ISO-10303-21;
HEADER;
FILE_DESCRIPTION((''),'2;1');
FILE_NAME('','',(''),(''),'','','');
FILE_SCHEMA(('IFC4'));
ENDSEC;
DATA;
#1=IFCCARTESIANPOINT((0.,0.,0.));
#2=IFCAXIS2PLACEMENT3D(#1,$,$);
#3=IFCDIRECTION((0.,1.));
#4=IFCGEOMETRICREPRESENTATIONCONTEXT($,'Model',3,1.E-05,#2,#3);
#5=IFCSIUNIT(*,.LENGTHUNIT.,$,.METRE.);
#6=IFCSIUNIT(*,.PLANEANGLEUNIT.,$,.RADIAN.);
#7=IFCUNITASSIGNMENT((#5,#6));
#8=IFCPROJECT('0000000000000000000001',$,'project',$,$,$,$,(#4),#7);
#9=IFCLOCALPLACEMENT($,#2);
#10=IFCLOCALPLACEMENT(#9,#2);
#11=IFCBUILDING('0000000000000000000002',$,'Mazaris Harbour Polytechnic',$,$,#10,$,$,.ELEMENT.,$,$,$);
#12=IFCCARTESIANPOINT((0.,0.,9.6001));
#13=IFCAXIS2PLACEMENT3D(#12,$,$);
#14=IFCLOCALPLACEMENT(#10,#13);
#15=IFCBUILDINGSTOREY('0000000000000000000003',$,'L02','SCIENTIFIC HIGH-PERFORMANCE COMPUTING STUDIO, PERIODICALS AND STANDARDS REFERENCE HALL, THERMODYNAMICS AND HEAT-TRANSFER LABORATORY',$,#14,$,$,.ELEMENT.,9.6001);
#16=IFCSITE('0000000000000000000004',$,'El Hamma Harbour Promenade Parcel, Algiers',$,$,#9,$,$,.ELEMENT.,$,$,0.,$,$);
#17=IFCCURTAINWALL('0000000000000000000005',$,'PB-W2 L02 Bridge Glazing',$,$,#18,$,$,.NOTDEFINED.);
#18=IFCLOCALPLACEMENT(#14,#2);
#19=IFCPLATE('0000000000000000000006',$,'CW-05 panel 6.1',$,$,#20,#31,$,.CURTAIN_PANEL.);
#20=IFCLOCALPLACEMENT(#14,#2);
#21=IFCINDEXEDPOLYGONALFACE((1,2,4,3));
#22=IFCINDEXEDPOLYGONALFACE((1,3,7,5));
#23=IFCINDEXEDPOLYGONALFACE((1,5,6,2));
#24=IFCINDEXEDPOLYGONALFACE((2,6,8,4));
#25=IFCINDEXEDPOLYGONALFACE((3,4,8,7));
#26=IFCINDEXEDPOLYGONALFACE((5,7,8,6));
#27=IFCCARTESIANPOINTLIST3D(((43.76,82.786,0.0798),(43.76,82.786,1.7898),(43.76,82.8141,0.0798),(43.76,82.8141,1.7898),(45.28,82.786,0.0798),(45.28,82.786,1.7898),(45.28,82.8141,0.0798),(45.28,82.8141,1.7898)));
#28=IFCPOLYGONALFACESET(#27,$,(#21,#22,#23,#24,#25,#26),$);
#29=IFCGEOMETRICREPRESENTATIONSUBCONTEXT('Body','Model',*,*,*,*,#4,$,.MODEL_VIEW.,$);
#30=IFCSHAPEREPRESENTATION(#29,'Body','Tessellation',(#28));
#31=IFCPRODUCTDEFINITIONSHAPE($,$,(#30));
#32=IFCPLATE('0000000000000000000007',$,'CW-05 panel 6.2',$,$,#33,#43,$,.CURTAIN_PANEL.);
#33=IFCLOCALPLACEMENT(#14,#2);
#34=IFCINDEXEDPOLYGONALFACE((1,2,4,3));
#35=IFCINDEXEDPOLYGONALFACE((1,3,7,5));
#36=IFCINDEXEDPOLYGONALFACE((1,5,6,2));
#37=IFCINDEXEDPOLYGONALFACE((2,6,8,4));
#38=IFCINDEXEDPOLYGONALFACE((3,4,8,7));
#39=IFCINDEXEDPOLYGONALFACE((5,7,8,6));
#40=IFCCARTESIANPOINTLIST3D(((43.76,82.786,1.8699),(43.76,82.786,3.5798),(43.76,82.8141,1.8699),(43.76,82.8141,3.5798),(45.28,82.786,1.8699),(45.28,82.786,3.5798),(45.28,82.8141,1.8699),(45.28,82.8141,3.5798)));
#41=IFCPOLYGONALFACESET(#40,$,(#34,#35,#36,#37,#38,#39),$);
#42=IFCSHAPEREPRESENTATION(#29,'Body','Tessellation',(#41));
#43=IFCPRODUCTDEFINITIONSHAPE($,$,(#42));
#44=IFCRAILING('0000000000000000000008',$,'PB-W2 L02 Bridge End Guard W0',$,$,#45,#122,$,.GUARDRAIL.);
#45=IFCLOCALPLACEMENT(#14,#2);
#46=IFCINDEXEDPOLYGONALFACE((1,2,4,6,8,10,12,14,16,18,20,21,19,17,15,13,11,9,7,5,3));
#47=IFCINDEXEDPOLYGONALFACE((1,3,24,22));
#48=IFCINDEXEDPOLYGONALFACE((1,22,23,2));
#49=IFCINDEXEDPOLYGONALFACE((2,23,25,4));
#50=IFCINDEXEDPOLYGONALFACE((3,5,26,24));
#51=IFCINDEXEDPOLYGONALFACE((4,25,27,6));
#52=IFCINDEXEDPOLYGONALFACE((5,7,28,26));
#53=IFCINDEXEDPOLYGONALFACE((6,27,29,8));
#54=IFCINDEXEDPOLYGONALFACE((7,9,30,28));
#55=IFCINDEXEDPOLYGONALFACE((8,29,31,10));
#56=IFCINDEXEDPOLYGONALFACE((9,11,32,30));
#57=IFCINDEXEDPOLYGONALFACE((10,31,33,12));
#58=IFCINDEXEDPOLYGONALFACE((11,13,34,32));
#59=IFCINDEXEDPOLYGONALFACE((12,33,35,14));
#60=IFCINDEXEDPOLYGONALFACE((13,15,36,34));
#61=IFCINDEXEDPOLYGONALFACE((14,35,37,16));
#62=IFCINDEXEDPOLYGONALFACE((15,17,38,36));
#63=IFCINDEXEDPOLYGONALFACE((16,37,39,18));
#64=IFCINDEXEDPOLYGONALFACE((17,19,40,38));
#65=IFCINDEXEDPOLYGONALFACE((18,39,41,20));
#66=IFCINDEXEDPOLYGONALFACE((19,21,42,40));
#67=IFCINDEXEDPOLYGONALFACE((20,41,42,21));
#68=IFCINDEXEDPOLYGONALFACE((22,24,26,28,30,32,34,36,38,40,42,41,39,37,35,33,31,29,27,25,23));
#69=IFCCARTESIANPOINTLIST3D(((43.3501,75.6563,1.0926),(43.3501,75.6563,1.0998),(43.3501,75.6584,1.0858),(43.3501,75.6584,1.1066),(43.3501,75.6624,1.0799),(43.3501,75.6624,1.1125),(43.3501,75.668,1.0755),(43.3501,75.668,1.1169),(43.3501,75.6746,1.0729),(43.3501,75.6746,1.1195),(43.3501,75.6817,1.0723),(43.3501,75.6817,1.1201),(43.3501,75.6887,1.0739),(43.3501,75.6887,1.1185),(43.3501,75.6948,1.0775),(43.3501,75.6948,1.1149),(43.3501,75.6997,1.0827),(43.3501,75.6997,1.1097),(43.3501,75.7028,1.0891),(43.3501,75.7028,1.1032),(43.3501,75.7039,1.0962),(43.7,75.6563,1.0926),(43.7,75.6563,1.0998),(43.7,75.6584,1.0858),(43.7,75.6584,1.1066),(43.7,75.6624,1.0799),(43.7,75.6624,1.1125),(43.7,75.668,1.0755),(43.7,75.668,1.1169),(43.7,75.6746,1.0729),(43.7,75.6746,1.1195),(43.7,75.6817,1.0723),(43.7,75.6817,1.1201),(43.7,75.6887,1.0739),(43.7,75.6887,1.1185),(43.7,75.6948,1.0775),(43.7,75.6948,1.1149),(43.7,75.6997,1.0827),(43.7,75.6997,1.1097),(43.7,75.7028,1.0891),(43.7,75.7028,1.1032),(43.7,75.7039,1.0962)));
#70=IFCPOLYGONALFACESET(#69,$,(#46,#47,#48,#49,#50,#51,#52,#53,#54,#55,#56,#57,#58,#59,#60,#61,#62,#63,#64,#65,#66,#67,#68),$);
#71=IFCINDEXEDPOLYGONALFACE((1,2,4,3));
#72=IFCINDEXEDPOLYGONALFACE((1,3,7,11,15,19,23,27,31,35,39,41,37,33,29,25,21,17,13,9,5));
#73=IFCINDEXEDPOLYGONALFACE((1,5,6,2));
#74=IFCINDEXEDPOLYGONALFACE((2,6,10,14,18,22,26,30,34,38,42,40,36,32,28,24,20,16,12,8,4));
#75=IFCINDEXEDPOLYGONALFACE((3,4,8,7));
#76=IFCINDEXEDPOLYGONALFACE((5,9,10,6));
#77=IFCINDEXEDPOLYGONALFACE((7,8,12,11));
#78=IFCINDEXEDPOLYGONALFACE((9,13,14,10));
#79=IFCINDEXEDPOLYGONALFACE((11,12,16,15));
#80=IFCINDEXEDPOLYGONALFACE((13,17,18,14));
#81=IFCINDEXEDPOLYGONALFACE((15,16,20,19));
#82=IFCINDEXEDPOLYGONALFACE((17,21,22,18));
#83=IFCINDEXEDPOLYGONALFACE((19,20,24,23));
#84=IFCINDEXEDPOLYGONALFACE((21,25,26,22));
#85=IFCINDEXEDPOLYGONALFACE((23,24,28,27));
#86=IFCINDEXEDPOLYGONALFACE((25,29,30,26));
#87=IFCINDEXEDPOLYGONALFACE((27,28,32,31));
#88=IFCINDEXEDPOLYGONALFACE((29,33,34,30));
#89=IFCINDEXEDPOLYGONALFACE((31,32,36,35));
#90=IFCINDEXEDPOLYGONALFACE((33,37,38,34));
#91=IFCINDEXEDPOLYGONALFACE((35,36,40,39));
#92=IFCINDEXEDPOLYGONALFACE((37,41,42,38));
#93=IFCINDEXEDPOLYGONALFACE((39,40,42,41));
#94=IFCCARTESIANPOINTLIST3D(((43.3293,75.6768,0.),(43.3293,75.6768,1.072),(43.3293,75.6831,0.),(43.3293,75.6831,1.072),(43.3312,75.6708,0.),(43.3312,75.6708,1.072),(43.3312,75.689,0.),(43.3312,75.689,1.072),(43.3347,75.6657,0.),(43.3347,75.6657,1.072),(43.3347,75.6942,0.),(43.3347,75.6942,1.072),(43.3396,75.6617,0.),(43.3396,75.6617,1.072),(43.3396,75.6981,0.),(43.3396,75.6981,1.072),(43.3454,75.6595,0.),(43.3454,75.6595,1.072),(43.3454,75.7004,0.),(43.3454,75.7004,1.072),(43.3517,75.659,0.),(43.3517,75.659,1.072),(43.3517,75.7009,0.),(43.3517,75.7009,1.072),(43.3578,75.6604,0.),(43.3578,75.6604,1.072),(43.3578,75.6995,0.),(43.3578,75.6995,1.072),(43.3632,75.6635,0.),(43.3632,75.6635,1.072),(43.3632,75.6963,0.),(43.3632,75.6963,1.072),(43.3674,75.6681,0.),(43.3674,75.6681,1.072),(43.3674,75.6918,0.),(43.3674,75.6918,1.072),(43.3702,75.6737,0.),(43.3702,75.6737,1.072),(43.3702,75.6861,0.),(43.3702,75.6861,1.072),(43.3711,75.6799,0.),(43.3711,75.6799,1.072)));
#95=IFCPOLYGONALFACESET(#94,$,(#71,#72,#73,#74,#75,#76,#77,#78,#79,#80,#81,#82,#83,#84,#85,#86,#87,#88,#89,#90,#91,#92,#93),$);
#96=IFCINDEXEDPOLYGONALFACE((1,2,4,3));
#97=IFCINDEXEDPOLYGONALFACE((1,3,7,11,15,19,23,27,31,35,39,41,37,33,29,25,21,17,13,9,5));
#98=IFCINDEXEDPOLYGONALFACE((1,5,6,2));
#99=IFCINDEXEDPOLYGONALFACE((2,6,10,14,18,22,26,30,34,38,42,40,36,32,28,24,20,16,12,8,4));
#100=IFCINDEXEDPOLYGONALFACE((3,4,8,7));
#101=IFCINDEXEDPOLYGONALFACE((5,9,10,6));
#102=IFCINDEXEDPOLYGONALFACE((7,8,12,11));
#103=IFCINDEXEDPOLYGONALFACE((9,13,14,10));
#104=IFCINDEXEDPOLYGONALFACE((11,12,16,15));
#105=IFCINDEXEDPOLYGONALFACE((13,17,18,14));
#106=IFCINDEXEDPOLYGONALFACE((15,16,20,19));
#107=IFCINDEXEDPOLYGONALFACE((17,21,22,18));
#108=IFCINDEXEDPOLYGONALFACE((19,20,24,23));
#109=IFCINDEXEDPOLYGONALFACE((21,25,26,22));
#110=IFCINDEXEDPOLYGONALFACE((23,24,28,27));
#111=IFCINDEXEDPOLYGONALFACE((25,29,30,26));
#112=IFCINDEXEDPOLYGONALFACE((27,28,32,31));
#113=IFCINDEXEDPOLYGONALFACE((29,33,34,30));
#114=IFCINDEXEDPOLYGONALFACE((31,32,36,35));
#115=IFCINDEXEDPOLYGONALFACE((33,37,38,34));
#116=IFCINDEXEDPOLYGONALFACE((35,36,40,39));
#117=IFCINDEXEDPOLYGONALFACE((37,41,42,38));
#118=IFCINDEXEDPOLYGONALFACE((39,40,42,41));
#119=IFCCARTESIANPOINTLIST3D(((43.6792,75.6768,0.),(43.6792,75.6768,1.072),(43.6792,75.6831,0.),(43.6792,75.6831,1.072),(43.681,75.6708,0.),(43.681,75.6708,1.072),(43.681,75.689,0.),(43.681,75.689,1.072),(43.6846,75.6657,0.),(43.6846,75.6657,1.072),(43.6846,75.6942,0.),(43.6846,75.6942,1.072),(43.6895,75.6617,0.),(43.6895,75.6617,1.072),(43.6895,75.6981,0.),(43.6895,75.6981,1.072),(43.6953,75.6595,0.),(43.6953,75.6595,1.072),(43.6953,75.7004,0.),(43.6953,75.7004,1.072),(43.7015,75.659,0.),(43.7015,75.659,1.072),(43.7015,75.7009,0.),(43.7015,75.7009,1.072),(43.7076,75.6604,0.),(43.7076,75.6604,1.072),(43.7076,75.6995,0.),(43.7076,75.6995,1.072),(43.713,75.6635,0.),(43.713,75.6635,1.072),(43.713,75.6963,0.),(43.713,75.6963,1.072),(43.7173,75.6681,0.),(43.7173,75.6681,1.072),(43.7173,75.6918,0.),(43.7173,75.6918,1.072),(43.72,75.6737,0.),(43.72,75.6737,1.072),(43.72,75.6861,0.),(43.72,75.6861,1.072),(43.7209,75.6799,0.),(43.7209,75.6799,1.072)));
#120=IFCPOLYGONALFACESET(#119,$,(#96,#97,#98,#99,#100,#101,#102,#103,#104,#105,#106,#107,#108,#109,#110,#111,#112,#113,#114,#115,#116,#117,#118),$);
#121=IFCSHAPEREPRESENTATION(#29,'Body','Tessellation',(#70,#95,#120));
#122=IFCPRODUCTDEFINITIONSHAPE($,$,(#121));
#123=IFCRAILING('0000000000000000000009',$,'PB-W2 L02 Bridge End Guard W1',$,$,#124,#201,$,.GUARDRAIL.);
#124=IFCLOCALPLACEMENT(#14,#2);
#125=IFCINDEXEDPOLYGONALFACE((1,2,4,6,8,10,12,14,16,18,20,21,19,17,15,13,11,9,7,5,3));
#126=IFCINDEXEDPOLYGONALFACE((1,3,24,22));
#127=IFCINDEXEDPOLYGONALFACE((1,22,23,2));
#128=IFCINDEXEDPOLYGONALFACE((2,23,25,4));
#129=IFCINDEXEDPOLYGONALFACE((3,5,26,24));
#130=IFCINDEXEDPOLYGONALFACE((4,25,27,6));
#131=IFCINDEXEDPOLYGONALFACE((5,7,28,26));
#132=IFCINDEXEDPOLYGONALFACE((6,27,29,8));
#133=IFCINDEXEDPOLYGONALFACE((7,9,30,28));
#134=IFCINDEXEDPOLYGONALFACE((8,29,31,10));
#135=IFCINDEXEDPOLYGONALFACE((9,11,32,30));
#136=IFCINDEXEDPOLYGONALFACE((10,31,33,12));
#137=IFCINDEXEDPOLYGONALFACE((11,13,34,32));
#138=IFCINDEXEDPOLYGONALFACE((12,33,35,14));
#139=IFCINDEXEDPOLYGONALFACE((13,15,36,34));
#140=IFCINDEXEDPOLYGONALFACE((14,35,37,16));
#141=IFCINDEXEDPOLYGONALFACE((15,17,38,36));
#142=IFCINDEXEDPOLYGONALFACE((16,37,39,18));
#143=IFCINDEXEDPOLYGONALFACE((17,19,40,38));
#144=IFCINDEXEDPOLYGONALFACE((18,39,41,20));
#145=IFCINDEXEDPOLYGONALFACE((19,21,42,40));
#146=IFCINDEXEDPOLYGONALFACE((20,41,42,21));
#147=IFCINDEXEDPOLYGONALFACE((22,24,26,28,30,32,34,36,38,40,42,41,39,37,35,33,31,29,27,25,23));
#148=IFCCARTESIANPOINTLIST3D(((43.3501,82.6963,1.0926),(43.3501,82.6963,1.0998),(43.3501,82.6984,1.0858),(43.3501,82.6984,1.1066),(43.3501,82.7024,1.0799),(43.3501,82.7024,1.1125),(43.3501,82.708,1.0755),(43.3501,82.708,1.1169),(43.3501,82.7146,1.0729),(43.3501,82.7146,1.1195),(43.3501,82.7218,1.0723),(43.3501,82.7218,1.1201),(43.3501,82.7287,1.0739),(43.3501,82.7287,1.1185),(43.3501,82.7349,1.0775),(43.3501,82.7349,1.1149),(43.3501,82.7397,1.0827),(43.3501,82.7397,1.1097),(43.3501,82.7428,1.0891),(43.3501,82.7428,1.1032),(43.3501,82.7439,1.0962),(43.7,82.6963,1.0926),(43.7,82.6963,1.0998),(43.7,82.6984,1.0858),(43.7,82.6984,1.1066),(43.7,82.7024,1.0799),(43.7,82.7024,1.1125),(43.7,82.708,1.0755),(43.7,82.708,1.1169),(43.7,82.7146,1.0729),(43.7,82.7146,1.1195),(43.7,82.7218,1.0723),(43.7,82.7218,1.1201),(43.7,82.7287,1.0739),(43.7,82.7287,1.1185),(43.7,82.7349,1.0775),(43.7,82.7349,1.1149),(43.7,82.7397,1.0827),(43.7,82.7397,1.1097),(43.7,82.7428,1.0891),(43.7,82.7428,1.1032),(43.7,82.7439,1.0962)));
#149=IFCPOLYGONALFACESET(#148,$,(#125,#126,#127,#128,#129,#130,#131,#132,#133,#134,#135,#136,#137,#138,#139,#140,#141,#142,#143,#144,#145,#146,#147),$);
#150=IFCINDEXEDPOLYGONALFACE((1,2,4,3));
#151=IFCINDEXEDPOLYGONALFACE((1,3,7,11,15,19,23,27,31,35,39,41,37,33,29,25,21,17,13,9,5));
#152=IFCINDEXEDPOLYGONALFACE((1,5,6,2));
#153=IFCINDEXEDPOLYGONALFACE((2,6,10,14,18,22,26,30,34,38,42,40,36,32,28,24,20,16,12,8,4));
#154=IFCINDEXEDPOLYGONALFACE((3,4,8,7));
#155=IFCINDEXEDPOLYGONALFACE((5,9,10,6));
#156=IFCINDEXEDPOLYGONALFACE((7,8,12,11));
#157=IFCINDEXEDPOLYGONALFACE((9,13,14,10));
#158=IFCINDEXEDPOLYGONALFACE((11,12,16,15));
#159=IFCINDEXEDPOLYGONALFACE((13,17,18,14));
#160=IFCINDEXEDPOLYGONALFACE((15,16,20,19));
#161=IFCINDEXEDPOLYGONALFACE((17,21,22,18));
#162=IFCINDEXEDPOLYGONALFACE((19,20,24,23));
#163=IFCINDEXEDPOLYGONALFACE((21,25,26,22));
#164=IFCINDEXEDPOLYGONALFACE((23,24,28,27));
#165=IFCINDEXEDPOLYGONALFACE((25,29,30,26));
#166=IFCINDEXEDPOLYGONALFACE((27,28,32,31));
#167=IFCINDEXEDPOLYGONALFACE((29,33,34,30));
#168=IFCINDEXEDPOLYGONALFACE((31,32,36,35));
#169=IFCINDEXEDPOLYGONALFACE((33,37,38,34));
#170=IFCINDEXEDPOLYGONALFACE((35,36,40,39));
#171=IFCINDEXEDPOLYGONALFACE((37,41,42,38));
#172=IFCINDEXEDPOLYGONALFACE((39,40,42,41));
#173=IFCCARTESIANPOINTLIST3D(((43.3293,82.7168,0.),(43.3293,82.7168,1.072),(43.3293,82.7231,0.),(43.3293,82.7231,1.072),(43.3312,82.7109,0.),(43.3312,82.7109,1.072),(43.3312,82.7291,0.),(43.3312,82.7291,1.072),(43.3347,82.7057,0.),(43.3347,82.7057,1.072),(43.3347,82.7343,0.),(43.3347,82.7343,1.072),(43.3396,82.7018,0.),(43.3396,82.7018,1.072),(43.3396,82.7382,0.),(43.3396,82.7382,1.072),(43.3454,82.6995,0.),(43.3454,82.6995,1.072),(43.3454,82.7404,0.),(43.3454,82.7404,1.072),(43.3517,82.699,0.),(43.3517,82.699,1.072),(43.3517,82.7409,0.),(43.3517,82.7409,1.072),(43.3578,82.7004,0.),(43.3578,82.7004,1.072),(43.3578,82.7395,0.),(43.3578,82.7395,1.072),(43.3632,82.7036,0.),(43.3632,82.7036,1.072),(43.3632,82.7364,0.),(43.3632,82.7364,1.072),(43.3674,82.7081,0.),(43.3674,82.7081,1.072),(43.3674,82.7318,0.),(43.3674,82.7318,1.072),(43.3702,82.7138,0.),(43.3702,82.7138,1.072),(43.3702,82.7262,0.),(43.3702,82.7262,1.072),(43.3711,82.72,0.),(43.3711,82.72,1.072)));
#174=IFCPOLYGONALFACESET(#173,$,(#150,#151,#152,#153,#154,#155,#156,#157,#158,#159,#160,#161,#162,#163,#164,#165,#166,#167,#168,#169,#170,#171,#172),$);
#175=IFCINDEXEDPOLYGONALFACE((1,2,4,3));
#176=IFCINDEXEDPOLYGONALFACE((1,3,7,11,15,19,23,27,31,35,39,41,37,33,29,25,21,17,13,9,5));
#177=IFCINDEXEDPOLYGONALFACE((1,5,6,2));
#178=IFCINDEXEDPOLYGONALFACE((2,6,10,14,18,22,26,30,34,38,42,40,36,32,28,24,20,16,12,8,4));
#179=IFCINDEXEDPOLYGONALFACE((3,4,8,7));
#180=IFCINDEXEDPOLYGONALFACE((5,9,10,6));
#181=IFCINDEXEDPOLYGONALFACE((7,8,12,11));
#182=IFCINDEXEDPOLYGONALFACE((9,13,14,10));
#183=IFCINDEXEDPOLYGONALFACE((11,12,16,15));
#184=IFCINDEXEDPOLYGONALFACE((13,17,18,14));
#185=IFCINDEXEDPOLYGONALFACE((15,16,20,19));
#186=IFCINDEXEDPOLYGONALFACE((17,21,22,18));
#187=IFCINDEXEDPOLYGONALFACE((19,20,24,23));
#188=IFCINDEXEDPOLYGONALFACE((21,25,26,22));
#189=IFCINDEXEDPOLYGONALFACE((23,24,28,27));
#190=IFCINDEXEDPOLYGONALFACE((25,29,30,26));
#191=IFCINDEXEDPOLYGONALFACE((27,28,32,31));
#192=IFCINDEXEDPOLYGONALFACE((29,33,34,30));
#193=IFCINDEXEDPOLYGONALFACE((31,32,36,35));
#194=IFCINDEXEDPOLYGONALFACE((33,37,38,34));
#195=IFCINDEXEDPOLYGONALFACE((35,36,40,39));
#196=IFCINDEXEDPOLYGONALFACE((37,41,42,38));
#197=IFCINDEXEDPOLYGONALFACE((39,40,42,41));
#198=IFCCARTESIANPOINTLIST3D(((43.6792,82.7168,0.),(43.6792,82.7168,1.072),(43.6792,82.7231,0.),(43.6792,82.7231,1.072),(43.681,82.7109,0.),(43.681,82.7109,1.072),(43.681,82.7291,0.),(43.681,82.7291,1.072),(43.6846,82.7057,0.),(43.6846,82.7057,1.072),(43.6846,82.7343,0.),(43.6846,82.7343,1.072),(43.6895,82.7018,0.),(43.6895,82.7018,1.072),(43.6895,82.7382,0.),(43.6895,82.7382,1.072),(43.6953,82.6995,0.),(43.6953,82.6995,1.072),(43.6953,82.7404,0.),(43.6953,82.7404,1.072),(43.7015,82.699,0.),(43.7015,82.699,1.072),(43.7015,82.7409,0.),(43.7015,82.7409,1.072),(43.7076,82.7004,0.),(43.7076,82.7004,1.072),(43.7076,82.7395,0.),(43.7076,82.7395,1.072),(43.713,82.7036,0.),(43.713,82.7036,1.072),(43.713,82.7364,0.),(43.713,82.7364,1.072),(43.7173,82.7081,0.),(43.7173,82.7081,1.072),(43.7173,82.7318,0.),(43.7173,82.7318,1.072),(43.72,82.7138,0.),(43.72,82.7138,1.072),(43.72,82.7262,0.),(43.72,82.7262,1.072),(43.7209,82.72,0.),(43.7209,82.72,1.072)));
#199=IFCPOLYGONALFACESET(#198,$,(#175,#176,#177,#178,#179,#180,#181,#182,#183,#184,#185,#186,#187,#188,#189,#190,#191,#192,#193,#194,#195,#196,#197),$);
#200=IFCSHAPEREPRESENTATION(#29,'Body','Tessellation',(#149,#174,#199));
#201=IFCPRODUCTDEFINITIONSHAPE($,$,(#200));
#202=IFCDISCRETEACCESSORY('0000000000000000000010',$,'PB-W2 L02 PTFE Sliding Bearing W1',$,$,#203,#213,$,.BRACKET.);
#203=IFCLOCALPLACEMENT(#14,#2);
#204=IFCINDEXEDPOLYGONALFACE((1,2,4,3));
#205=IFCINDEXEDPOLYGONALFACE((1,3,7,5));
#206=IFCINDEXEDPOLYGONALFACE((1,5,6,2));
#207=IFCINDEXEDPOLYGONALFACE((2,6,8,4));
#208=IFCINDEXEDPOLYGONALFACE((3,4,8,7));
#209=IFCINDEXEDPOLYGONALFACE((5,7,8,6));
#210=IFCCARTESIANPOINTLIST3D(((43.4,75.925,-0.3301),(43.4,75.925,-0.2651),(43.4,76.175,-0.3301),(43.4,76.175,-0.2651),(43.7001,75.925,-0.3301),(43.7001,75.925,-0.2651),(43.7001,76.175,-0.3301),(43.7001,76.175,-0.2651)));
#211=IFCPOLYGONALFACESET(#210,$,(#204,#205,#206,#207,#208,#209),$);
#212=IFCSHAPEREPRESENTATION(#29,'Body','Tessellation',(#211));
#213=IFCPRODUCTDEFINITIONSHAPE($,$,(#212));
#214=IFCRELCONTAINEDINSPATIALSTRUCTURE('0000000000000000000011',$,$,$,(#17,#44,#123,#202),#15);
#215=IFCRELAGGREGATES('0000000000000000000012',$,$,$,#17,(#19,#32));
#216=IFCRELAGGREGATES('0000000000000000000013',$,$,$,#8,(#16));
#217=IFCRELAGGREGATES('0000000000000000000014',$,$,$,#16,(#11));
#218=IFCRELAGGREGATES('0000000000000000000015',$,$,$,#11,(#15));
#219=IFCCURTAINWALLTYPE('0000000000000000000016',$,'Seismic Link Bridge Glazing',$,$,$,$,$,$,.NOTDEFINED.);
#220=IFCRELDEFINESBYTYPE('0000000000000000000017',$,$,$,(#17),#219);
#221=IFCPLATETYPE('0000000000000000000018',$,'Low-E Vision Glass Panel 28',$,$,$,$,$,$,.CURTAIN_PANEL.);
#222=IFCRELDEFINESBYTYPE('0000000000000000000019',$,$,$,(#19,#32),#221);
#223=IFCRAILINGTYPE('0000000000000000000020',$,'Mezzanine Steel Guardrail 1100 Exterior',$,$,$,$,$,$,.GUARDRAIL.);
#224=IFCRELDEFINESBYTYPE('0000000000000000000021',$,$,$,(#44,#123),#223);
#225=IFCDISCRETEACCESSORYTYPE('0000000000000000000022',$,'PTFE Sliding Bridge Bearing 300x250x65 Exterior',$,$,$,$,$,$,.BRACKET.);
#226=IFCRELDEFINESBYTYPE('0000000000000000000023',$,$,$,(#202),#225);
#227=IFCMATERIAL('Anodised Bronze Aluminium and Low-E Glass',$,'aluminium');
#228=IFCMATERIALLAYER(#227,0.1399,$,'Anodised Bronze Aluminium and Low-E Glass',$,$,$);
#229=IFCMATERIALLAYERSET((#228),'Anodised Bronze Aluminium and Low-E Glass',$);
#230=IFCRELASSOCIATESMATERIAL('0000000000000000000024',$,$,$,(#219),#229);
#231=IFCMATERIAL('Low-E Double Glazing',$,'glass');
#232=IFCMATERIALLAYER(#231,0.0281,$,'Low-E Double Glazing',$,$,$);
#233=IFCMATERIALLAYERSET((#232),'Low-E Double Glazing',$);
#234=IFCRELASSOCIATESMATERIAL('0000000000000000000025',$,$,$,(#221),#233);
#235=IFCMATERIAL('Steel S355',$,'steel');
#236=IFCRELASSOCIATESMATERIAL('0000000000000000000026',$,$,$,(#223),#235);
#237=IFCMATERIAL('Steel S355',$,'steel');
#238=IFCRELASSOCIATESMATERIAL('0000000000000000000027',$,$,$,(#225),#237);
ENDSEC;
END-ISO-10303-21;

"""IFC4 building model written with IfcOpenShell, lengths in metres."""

from ifc_helpers import new_model, si_unit, direction, frame, origin, origin_2d, place, context, subcontext, project, spatial, rectangle, circle, extrude, material, layer, layer_set, type_object, element, aggregate, save


model = new_model("IFC4")

# Units and contexts
model_context = context("Model", 3, precision=1e-05, world=origin(), true_north=direction((0.0, 1.0)))
body_context = subcontext(model_context, "Body", "Model", "MODEL_VIEW")
ifc_project = project(units=[si_unit("LENGTHUNIT", "METRE"), si_unit("PLANEANGLEUNIT", "RADIAN")], contexts=[model_context])

# Site, building, storey
site_placement = place(None, origin())
site = spatial("IfcSite", under=ifc_project, at=site_placement, Name="El Hamma Harbour Promenade Parcel, Algiers", CompositionType="ELEMENT", RefElevation=0.0)
building_placement = place(site_placement, origin())
building = spatial("IfcBuilding", under=site, at=building_placement, Name="Mazaris Harbour Polytechnic", CompositionType="ELEMENT")
storey_placement = place(building_placement, frame((0.0, 0.0, 9.6001)))
storey = spatial("IfcBuildingStorey", under=building, at=storey_placement, Name="L02", Description="SCIENTIFIC HIGH-PERFORMANCE COMPUTING STUDIO, PERIODICALS AND STANDARDS REFERENCE HALL, THERMODYNAMICS AND HEAT-TRANSFER LABORATORY", CompositionType="ELEMENT", Elevation=9.6001)

# Curtain wall
ifc_material_1 = material(Name="Anodised Bronze Aluminium and Low-E Glass", Category="aluminium")
ifc_layer_1 = layer(ifc_material_1, 0.1399, Name="Anodised Bronze Aluminium and Low-E Glass")
ifc_layer_set_1 = layer_set([ifc_layer_1], Name="Anodised Bronze Aluminium and Low-E Glass")
curtain_wall_type = type_object("IfcCurtainWallType", Name="Seismic Link Bridge Glazing", PredefinedType="NOTDEFINED", material=ifc_layer_set_1)
curtain_wall_placement = place(storey_placement, origin())
curtain_wall = element("IfcCurtainWall", 1, at=curtain_wall_placement, inside=storey, type_object=curtain_wall_type, Name="PB-W2 L02 Bridge Glazing", PredefinedType="NOTDEFINED")

# Plates
ifc_material_2 = material(Name="Low-E Double Glazing", Category="glass")
ifc_layer_2 = layer(ifc_material_2, 0.0281, Name="Low-E Double Glazing")
ifc_layer_set_2 = layer_set([ifc_layer_2], Name="Low-E Double Glazing")
plate_type = type_object("IfcPlateType", Name="Low-E Vision Glass Panel 28", PredefinedType="CURTAIN_PANEL", material=ifc_layer_set_2)
plate_1_placement = place(storey_placement, frame((44.52, 82.8, 0.0798), z_axis=(0.0, 0.0, 1.0), x_axis=(-1.0, 0.0, 0.0)))
plate_1 = element("IfcPlate", 2, at=plate_1_placement, type_object=plate_type, Name="CW-05 panel 6.1", PredefinedType="CURTAIN_PANEL", context=body_context, shape_type="SweptSolid", body=[
    extrude(rectangle(XDim=1.52, YDim=0.0281, at=origin_2d()), origin(), (0.0, 0.0, 1.0), 1.71),
])
plate_2_placement = place(storey_placement, frame((44.52, 82.8, 1.8699), z_axis=(0.0, 0.0, 1.0), x_axis=(-1.0, 0.0, 0.0)))
plate_2 = element("IfcPlate", 3, at=plate_2_placement, type_object=plate_type, Name="CW-05 panel 6.2", PredefinedType="CURTAIN_PANEL", context=body_context, shape_type="SweptSolid", body=[
    extrude(rectangle(XDim=1.52, YDim=0.0281, at=origin_2d()), origin(), (0.0, 0.0, 1.0), 1.71),
])
aggregate(curtain_wall, [plate_1, plate_2])

# Railings
ifc_material_3 = material(Name="Steel S355", Category="steel")
railing_type = type_object("IfcRailingType", Name="Mezzanine Steel Guardrail 1100 Exterior", PredefinedType="GUARDRAIL", material=ifc_material_3)
for number, where, name in (
    (4, (43.3501, 75.6799, 0.0), "PB-W2 L02 Bridge End Guard W0"),
    (5, (43.3501, 82.72, 0.0), "PB-W2 L02 Bridge End Guard W1"),
):
    element("IfcRailing", number, at=place(storey_placement, frame(where)), inside=storey, type_object=railing_type, Name=name, PredefinedType="GUARDRAIL", context=body_context, shape_type="SweptSolid", body=[
        extrude(circle(Radius=0.0239, at=origin_2d()), frame((0.0, 0.0, 1.0962), z_axis=(1.0, 0.0, 0.0), x_axis=(0.0, 1.0, 0.0)), (0.0, 0.0, 1.0), 0.3499),
        extrude(circle(Radius=0.021, at=origin_2d()), origin(), (0.0, 0.0, 1.0), 1.072),
        extrude(circle(Radius=0.021, at=origin_2d()), frame((0.3499, 0.0, 0.0)), (0.0, 0.0, 1.0), 1.072),
    ])

# Discrete accessory
ifc_material_4 = material(Name="Steel S355", Category="steel")
discrete_accessory_type = type_object("IfcDiscreteAccessoryType", Name="PTFE Sliding Bridge Bearing 300x250x65 Exterior", PredefinedType="BRACKET", material=ifc_material_4)
for number, where, z_axis, x_axis, name in (
    (6, (43.55, 76.05, -0.3301), (0.0, 0.0, 1.0), (1.0, 0.0, 0.0), "PB-W2 L02 PTFE Sliding Bearing W1"),
):
    element("IfcDiscreteAccessory", number, at=place(storey_placement, frame(where, z_axis=z_axis, x_axis=x_axis)), inside=storey, type_object=discrete_accessory_type, Name=name, PredefinedType="BRACKET", context=body_context, shape_type="SweptSolid", body=[
        extrude(rectangle(XDim=0.3, YDim=0.25, at=origin_2d()), origin(), (0.0, 0.0, 1.0), 0.0649),
    ])

save(model, "model.ifc")
